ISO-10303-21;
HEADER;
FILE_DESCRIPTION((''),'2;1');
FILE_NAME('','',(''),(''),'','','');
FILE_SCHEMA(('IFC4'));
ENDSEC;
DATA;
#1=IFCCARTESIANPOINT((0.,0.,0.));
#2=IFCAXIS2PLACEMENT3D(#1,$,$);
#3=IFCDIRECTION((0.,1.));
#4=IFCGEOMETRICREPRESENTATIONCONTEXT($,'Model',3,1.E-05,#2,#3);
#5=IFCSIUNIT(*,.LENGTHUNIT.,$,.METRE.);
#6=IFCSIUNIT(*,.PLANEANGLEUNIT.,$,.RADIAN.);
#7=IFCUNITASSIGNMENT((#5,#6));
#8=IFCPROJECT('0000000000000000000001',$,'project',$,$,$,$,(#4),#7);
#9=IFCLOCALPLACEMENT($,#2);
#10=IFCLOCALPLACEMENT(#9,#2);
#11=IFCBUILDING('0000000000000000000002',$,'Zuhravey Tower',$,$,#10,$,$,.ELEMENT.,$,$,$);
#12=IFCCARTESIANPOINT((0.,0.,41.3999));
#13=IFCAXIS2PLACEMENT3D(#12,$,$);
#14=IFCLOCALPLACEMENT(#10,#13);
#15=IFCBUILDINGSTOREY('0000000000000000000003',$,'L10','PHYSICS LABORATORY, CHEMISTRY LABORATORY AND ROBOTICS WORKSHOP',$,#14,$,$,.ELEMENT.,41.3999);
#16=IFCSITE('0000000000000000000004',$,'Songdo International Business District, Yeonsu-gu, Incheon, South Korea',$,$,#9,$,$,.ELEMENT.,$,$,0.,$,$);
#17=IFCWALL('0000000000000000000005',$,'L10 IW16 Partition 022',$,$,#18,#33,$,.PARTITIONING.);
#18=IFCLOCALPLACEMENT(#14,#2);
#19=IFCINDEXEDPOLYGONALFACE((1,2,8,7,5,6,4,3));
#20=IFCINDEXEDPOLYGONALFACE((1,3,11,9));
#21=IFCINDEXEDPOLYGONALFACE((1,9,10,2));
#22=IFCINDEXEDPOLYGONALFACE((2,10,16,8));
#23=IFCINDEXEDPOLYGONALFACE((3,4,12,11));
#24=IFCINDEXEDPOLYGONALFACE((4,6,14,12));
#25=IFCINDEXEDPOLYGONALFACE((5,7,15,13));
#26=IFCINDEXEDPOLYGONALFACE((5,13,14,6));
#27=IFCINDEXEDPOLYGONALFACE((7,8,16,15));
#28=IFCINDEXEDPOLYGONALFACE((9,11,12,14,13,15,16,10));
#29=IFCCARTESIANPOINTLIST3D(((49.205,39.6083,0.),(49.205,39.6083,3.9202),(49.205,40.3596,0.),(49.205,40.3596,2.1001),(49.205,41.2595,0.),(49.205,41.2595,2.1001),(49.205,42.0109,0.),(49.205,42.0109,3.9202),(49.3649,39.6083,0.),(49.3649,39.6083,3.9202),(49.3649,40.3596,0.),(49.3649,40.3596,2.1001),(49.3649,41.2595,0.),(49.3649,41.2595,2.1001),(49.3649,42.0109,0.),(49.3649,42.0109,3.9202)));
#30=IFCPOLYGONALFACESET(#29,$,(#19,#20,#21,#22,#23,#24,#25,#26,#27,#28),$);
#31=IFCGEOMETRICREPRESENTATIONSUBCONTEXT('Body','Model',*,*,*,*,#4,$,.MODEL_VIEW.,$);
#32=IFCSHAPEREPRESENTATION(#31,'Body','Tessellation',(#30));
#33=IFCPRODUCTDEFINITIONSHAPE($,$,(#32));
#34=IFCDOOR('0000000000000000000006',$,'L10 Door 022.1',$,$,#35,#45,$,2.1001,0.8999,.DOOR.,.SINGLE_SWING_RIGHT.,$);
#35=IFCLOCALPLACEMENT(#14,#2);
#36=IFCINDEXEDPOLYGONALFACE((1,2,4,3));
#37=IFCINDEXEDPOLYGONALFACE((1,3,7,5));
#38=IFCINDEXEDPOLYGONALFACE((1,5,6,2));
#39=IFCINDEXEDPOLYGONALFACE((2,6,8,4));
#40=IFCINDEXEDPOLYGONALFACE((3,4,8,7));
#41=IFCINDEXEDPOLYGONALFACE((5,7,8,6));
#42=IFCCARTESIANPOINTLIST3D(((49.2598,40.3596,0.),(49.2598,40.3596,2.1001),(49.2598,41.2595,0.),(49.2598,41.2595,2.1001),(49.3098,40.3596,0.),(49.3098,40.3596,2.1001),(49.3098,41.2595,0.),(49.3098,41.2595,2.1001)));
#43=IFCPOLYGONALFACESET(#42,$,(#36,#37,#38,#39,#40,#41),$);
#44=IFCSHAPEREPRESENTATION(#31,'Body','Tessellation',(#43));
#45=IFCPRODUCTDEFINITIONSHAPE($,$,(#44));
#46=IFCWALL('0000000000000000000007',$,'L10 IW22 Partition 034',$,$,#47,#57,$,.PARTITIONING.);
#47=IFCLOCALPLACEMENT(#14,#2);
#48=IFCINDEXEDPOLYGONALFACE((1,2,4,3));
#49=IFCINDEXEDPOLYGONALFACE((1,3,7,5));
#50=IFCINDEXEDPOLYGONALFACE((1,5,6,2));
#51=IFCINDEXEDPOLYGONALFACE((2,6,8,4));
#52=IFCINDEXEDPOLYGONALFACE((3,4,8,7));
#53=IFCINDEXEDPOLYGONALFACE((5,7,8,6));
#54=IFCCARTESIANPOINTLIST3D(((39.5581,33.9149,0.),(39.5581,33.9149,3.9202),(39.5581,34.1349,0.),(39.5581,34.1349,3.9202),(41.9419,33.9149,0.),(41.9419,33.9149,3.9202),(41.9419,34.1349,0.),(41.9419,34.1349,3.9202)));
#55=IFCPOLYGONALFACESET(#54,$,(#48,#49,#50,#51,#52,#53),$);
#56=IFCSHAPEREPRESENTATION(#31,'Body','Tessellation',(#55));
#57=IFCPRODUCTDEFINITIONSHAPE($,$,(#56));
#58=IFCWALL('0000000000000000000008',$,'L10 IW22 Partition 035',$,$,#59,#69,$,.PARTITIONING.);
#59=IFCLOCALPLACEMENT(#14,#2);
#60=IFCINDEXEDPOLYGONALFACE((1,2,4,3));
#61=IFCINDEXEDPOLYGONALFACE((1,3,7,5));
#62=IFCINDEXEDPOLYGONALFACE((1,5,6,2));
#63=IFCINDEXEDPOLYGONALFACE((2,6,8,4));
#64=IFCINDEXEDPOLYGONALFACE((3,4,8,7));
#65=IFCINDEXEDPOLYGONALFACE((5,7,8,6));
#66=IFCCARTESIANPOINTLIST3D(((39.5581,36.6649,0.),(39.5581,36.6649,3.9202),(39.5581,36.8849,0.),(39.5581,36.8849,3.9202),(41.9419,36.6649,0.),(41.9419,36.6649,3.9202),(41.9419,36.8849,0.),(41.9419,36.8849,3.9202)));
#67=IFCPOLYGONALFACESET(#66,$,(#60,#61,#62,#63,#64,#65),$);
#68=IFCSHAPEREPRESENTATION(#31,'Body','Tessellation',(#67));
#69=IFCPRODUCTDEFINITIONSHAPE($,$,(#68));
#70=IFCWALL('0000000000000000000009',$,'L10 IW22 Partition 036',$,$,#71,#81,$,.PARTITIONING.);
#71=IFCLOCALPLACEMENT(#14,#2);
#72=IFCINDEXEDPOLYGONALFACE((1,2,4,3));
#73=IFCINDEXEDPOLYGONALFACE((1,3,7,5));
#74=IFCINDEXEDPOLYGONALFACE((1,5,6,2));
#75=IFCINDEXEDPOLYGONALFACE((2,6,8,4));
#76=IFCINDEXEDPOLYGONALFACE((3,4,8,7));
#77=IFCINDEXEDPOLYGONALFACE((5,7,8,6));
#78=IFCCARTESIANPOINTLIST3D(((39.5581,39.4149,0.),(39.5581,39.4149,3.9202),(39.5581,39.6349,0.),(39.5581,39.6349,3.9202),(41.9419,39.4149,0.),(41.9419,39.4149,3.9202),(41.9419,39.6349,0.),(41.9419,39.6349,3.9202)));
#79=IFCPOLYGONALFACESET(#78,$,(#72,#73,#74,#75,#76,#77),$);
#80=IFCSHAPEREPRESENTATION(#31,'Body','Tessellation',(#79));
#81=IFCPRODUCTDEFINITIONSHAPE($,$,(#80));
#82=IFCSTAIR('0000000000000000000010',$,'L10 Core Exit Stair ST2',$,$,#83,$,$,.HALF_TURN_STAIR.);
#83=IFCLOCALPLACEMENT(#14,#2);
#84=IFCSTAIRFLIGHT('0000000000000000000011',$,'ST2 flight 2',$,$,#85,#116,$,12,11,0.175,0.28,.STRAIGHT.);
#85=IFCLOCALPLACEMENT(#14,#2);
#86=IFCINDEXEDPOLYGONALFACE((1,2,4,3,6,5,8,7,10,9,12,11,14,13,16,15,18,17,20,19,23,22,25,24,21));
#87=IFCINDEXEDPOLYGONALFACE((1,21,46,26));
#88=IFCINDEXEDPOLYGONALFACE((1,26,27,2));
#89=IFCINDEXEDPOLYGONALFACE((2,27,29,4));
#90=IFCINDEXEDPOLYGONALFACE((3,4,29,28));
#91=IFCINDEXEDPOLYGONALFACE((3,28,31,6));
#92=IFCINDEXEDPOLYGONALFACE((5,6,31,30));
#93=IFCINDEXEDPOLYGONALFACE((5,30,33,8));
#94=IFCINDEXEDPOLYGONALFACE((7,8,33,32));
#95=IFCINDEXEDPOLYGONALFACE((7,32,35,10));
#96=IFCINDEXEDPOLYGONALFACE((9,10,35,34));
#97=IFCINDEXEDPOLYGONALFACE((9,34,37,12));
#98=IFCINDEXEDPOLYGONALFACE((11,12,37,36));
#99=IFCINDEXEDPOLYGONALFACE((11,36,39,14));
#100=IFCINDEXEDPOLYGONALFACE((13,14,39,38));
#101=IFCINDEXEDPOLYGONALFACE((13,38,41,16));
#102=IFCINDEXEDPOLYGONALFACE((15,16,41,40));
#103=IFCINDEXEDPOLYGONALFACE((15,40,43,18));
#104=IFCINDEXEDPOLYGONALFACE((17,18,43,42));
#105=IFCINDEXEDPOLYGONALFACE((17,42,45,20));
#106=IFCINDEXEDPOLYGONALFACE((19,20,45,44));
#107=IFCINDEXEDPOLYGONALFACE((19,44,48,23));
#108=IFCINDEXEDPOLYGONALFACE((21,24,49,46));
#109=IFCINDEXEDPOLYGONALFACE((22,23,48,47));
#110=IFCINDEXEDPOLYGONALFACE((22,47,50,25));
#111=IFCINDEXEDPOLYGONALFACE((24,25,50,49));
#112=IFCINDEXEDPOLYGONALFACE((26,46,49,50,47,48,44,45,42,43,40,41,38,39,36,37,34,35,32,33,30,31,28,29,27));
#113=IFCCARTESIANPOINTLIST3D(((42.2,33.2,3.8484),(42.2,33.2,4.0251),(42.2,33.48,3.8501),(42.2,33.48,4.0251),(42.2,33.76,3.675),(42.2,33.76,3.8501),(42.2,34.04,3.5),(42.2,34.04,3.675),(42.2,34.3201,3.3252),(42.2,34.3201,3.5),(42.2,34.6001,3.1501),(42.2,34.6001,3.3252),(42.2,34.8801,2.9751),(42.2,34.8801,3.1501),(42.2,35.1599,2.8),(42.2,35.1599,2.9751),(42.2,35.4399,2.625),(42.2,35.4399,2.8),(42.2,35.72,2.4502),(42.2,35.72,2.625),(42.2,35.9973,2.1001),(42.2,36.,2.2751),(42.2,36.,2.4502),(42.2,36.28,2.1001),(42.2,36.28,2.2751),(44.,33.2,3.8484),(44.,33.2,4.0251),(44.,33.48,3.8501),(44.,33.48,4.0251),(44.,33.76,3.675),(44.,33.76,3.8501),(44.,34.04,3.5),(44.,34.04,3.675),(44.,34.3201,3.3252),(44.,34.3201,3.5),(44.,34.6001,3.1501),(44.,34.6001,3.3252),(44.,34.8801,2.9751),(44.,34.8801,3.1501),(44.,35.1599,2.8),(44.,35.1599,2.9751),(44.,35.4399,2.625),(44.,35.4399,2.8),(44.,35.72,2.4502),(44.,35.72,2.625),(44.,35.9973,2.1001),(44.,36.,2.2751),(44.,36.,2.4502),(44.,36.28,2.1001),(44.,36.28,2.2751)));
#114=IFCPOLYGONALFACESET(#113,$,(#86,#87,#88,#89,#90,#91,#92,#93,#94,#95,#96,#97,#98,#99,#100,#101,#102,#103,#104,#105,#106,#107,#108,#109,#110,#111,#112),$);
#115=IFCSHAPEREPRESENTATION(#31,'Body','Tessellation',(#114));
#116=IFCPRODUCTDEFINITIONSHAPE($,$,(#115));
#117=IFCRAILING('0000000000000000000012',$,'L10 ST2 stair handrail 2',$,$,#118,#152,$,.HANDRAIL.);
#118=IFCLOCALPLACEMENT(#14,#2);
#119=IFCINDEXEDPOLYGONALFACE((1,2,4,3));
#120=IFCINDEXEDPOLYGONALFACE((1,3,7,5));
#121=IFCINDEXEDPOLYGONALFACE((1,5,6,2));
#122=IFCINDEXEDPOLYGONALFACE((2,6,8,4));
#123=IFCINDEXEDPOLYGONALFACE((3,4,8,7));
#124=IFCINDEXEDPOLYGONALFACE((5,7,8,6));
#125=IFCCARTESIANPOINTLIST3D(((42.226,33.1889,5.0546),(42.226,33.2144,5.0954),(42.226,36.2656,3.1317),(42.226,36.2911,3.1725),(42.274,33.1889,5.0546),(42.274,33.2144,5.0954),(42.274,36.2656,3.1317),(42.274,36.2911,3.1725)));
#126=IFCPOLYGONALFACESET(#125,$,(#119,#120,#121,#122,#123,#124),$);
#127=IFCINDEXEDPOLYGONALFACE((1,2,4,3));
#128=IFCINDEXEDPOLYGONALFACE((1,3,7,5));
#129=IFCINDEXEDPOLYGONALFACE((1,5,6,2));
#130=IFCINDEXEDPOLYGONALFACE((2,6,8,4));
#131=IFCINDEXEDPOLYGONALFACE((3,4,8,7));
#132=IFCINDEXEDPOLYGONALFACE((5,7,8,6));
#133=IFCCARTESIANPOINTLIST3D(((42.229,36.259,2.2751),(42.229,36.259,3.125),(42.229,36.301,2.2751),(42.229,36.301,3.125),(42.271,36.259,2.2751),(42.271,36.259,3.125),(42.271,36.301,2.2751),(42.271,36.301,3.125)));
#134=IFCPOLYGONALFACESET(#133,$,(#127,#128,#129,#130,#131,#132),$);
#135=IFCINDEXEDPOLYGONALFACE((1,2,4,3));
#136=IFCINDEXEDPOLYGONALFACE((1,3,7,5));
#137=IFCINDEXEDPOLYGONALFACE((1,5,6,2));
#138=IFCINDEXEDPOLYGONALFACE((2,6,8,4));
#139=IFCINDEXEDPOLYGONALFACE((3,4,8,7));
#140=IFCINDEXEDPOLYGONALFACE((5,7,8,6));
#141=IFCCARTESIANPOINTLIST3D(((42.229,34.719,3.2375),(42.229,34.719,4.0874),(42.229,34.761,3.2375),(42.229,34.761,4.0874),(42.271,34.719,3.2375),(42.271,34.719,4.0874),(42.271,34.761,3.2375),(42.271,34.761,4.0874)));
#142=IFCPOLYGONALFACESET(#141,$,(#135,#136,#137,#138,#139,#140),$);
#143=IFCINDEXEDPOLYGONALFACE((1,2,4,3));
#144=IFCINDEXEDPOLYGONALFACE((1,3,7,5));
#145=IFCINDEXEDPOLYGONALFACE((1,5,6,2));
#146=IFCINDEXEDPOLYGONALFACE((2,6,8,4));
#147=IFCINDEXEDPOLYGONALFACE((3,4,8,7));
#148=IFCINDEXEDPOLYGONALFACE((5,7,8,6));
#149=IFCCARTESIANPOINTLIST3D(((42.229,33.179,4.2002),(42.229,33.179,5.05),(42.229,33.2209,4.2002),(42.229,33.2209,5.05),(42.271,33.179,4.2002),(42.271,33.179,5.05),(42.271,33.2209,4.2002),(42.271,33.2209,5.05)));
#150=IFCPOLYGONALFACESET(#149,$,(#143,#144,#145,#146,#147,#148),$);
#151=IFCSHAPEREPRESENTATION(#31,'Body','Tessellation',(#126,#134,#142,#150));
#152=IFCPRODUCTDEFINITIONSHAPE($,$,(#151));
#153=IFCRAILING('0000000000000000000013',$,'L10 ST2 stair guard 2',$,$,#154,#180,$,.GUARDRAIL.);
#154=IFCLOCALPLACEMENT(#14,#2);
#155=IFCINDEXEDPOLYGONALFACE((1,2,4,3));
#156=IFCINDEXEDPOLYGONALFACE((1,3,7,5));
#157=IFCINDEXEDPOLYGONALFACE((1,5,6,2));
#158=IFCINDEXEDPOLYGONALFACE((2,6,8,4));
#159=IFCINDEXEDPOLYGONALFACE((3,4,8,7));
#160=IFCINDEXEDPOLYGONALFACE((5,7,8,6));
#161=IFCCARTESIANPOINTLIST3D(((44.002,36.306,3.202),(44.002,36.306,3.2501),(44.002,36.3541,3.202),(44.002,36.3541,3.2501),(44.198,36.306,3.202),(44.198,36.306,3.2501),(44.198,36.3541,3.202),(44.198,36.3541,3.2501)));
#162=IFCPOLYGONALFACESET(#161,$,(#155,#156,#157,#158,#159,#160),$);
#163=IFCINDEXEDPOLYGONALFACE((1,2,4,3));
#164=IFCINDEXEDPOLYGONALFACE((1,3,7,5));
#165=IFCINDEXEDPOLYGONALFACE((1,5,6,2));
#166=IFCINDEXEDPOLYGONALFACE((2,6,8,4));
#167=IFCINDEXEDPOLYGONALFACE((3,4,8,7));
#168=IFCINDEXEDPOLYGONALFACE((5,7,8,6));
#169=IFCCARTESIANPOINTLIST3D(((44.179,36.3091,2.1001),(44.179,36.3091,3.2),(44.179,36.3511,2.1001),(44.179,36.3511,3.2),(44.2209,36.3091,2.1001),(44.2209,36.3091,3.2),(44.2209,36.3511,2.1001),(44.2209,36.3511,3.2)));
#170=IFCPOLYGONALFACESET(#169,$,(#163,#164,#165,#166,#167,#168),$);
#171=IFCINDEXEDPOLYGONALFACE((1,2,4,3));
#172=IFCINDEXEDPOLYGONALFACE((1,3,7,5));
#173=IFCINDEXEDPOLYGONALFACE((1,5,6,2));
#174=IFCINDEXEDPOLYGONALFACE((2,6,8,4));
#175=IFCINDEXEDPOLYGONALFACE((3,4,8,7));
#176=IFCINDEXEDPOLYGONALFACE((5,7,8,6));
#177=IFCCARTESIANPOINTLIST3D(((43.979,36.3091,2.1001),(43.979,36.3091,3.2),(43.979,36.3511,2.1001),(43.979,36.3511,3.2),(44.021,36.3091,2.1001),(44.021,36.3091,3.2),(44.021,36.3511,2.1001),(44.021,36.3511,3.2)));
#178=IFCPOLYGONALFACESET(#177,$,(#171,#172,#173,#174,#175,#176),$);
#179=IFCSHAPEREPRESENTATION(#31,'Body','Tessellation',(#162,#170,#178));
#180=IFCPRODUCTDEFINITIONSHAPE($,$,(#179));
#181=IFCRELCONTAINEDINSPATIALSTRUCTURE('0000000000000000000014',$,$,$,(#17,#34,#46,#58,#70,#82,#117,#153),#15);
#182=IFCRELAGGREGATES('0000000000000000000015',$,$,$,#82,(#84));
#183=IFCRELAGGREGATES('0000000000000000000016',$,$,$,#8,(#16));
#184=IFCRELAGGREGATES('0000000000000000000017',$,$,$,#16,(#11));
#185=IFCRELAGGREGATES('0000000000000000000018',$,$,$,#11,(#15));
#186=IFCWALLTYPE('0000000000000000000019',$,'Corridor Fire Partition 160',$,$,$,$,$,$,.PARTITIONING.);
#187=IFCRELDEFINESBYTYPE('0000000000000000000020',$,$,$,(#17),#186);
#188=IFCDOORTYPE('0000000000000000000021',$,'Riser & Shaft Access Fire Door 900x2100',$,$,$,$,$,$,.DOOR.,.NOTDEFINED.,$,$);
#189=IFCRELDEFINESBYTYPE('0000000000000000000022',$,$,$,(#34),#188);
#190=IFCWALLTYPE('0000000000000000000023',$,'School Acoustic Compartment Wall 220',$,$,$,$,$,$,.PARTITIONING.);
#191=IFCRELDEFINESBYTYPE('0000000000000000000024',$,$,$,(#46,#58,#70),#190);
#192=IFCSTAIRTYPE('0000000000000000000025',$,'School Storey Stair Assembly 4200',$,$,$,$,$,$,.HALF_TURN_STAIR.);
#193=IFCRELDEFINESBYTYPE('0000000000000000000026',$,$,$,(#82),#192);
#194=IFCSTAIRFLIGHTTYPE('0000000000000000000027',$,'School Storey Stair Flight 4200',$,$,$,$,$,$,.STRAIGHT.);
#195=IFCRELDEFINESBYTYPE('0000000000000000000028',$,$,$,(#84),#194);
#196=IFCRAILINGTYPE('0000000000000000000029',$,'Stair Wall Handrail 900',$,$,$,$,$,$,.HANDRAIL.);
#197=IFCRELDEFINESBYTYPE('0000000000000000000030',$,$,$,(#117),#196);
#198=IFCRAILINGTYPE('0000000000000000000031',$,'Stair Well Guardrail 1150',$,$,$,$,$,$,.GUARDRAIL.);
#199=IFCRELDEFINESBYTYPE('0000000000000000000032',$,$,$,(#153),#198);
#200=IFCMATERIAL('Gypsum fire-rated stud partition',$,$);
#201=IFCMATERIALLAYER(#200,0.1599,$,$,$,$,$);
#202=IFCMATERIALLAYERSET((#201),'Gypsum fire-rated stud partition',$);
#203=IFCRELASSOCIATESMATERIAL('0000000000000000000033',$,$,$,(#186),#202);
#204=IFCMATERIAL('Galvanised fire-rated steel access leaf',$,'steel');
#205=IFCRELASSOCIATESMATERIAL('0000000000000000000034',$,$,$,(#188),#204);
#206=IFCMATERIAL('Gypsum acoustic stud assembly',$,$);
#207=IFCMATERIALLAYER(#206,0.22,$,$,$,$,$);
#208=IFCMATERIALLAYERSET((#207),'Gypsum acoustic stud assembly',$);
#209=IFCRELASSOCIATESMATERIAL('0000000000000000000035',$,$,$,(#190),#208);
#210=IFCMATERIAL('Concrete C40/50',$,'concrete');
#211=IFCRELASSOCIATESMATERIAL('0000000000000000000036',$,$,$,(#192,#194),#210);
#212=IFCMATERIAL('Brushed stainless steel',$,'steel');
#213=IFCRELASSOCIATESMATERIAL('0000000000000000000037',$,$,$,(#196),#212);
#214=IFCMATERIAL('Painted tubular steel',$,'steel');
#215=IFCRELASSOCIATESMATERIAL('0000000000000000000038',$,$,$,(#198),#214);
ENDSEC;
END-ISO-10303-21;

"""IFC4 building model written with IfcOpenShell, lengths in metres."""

from ifc_helpers import new_model, si_unit, direction, frame, frame_2d, origin, origin_2d, place, context, subcontext, project, spatial, polyline, rectangle, outline, extrude, material, layer, layer_set, type_object, element, fill, aggregate, save


model = new_model("IFC4")

# Units and contexts
model_context = context("Model", 3, precision=1e-05, world=origin(), true_north=direction((0.0, 1.0)))
body_context = subcontext(model_context, "Body", "Model", "MODEL_VIEW")
ifc_project = project(units=[si_unit("LENGTHUNIT", "METRE"), si_unit("PLANEANGLEUNIT", "RADIAN")], contexts=[model_context])

# Site, building, storey
site_placement = place(None, origin())
site = spatial("IfcSite", under=ifc_project, at=site_placement, Name="Songdo International Business District, Yeonsu-gu, Incheon, South Korea", CompositionType="ELEMENT", RefElevation=0.0)
building_placement = place(site_placement, origin())
building = spatial("IfcBuilding", under=site, at=building_placement, Name="Zuhravey Tower", CompositionType="ELEMENT")
storey_placement = place(building_placement, frame((0.0, 0.0, 41.3999)))
storey = spatial("IfcBuildingStorey", under=building, at=storey_placement, Name="L10", Description="PHYSICS LABORATORY, CHEMISTRY LABORATORY AND ROBOTICS WORKSHOP", CompositionType="ELEMENT", Elevation=41.3999)

# Wall, opening, door
ifc_material_1 = material(Name="Gypsum fire-rated stud partition")
ifc_layer_1 = layer(ifc_material_1, 0.1599)
ifc_layer_set_1 = layer_set([ifc_layer_1], Name="Gypsum fire-rated stud partition")
wall_type_1 = type_object("IfcWallType", Name="Corridor Fire Partition 160", PredefinedType="PARTITIONING", material=ifc_layer_set_1)
ifc_material_2 = material(Name="Galvanised fire-rated steel access leaf", Category="steel")
door_type_1 = type_object("IfcDoorType", Name="Riser & Shaft Access Fire Door 900x2100", OperationType="NOTDEFINED", PredefinedType="DOOR", material=ifc_material_2)
wall_1_placement = place(storey_placement, frame((49.2849, 39.6084, 0.0), z_axis=(0.0, 0.0, 1.0), x_axis=(0.0, 1.0, 0.0)))
wall_1 = element("IfcWall", 1, at=wall_1_placement, inside=storey, type_object=wall_type_1, Name="L10 IW16 Partition 022", PredefinedType="PARTITIONING", context=body_context, shape_type="SweptSolid", body=[
    extrude(rectangle(XDim=2.4026, YDim=0.1599, at=frame_2d((1.2012, 0.0))), origin(), (0.0, 0.0, 1.0), 3.9202),
])
opening_1_placement = place(wall_1_placement, frame((0.7512, 0.0, 0.0)))
opening_1 = element("IfcOpeningElement", 2, at=opening_1_placement, cuts=wall_1, PredefinedType="OPENING", context=body_context, shape_type="SweptSolid", body=[
    extrude(rectangle(XDim=0.8999, YDim=2.1001, at=frame_2d((0.45, 1.05))), frame((0.0, 0.092, 0.0), z_axis=(0.0, -1.0, 0.0), x_axis=(1.0, 0.0, 0.0)), (0.0, 0.0, 1.0), 0.1838),
])
door_1_placement = place(opening_1_placement, frame((0.8999, 0.0, 0.0), z_axis=(0.0, 0.0, 1.0), x_axis=(-1.0, 0.0, 0.0)))
door_1 = element("IfcDoor", 3, at=door_1_placement, inside=storey, type_object=door_type_1, Name="L10 Door 022.1", OperationType="SINGLE_SWING_RIGHT", OverallHeight=2.1001, OverallWidth=0.8999, PredefinedType="DOOR", context=body_context, shape_type="SweptSolid", body=[
    extrude(rectangle(XDim=0.8999, YDim=2.1001, at=frame_2d((0.45, 1.05))), frame((0.0, 0.0249, 0.0), z_axis=(0.0, -1.0, 0.0), x_axis=(1.0, 0.0, 0.0)), (0.0, 0.0, 1.0), 0.05),
])
fill(opening_1, door_1)

# Walls
ifc_material_3 = material(Name="Gypsum acoustic stud assembly")
ifc_layer_2 = layer(ifc_material_3, 0.22)
ifc_layer_set_2 = layer_set([ifc_layer_2], Name="Gypsum acoustic stud assembly")
wall_type_2 = type_object("IfcWallType", Name="School Acoustic Compartment Wall 220", PredefinedType="PARTITIONING", material=ifc_layer_set_2)
for number, where, z_axis, x_axis, name in (
    (4, (39.5581, 34.0249, 0.0), (0.0, 0.0, 1.0), (1.0, 0.0, 0.0), "L10 IW22 Partition 034"),
    (5, (39.5581, 36.7749, 0.0), (0.0, 0.0, 1.0), (1.0, 0.0, 0.0), "L10 IW22 Partition 035"),
    (6, (39.5581, 39.5249, 0.0), (0.0, 0.0, 1.0), (1.0, 0.0, 0.0), "L10 IW22 Partition 036"),
):
    element("IfcWall", number, at=place(storey_placement, frame(where, z_axis=z_axis, x_axis=x_axis)), inside=storey, type_object=wall_type_2, Name=name, PredefinedType="PARTITIONING", context=body_context, shape_type="SweptSolid", body=[
        extrude(rectangle(XDim=2.3838, YDim=0.22, at=frame_2d((1.1919, 0.0))), origin(), (0.0, 0.0, 1.0), 3.9202),
    ])

# Stair, stair flight
ifc_material_4 = material(Name="Concrete C40/50", Category="concrete")
stair_type = type_object("IfcStairType", Name="School Storey Stair Assembly 4200", PredefinedType="HALF_TURN_STAIR", material=ifc_material_4)
stair_placement = place(storey_placement, origin())
stair = element("IfcStair", 7, at=stair_placement, inside=storey, type_object=stair_type, Name="L10 Core Exit Stair ST2", PredefinedType="HALF_TURN_STAIR")
stair_flight_type = type_object("IfcStairFlightType", Name="School Storey Stair Flight 4200", PredefinedType="STRAIGHT", material=ifc_material_4)
stair_flight_placement = place(storey_placement, frame((43.1001, 36.28, 2.1001), z_axis=(0.0, 0.0, 1.0), x_axis=(0.0, -1.0, 0.0)))
stair_flight = element("IfcStairFlight", 8, at=stair_flight_placement, type_object=stair_flight_type, Name="ST2 flight 2", NumberOfRisers=12, NumberOfTreads=11, PredefinedType="STRAIGHT", RiserHeight=0.175, TreadLength=0.28, context=body_context, shape_type="SweptSolid", body=[
    extrude(outline(polyline([(0.0, 0.0), (0.0, 0.175), (0.28, 0.175), (0.28, 0.3501), (0.5601, 0.3501), (0.5601, 0.5249), (0.8401, 0.5249), (0.8401, 0.7), (1.1201, 0.7), (1.1201, 0.875), (1.3999, 0.875), (1.3999, 1.05), (1.6799, 1.05), (1.6799, 1.2251), (1.96, 1.2251), (1.96, 1.3999), (2.24, 1.3999), (2.24, 1.575), (2.52, 1.575), (2.52, 1.75), (2.8, 1.75), (2.8, 1.925), (3.0801, 1.925), (3.0801, 2.1001), (3.0801, 1.7483), (0.2827, 0.0), (0.0, 0.0)])), frame((0.0, 0.8999, 0.0), z_axis=(0.0, -1.0, 0.0), x_axis=(1.0, 0.0, 0.0)), (0.0, 0.0, 1.0), 1.8),
])
aggregate(stair, [stair_flight])

# Railings
ifc_material_5 = material(Name="Brushed stainless steel", Category="steel")
railing_type_1 = type_object("IfcRailingType", Name="Stair Wall Handrail 900", PredefinedType="HANDRAIL", material=ifc_material_5)
railing_1_placement = place(storey_placement, frame((42.25, 36.28, 2.2751)))
element("IfcRailing", 9, at=railing_1_placement, inside=storey, type_object=railing_type_1, Name="L10 ST2 stair handrail 2", PredefinedType="HANDRAIL", context=body_context, shape_type="SweptSolid", body=[
    extrude(rectangle(XDim=0.0481, YDim=0.0481, at=origin_2d()), frame((0.0, -0.0017, 0.877), z_axis=(0.0, -0.847998, 0.529999), x_axis=(1.0, 0.0, 0.0)), (0.0, 0.0, 1.0), 3.6282),
    extrude(rectangle(XDim=0.042, YDim=0.042, at=origin_2d()), origin(), (0.0, 0.0, 1.0), 0.8499),
    extrude(rectangle(XDim=0.042, YDim=0.042, at=origin_2d()), frame((0.0, -1.54, 0.9624)), (0.0, 0.0, 1.0), 0.8499),
    extrude(rectangle(XDim=0.042, YDim=0.042, at=origin_2d()), frame((0.0, -3.0801, 1.925)), (0.0, 0.0, 1.0), 0.8499),
])
ifc_material_6 = material(Name="Painted tubular steel", Category="steel")
railing_type_2 = type_object("IfcRailingType", Name="Stair Well Guardrail 1150", PredefinedType="GUARDRAIL", material=ifc_material_6)
railing_2_placement = place(storey_placement, frame((44.2, 36.3301, 2.1001)))
element("IfcRailing", 10, at=railing_2_placement, inside=storey, type_object=railing_type_2, Name="L10 ST2 stair guard 2", PredefinedType="GUARDRAIL", context=body_context, shape_type="SweptSolid", body=[
    extrude(rectangle(XDim=0.0481, YDim=0.0481, at=origin_2d()), frame((-0.002, 0.0, 1.126), z_axis=(-1.0, 0.0, 0.0), x_axis=(0.0, -1.0, 0.0)), (0.0, 0.0, 1.0), 0.196),
    extrude(rectangle(XDim=0.042, YDim=0.042, at=origin_2d()), origin(), (0.0, 0.0, 1.0), 1.0999),
    extrude(rectangle(XDim=0.042, YDim=0.042, at=origin_2d()), frame((-0.2, 0.0, 0.0)), (0.0, 0.0, 1.0), 1.0999),
])

save(model, "model.ifc")
